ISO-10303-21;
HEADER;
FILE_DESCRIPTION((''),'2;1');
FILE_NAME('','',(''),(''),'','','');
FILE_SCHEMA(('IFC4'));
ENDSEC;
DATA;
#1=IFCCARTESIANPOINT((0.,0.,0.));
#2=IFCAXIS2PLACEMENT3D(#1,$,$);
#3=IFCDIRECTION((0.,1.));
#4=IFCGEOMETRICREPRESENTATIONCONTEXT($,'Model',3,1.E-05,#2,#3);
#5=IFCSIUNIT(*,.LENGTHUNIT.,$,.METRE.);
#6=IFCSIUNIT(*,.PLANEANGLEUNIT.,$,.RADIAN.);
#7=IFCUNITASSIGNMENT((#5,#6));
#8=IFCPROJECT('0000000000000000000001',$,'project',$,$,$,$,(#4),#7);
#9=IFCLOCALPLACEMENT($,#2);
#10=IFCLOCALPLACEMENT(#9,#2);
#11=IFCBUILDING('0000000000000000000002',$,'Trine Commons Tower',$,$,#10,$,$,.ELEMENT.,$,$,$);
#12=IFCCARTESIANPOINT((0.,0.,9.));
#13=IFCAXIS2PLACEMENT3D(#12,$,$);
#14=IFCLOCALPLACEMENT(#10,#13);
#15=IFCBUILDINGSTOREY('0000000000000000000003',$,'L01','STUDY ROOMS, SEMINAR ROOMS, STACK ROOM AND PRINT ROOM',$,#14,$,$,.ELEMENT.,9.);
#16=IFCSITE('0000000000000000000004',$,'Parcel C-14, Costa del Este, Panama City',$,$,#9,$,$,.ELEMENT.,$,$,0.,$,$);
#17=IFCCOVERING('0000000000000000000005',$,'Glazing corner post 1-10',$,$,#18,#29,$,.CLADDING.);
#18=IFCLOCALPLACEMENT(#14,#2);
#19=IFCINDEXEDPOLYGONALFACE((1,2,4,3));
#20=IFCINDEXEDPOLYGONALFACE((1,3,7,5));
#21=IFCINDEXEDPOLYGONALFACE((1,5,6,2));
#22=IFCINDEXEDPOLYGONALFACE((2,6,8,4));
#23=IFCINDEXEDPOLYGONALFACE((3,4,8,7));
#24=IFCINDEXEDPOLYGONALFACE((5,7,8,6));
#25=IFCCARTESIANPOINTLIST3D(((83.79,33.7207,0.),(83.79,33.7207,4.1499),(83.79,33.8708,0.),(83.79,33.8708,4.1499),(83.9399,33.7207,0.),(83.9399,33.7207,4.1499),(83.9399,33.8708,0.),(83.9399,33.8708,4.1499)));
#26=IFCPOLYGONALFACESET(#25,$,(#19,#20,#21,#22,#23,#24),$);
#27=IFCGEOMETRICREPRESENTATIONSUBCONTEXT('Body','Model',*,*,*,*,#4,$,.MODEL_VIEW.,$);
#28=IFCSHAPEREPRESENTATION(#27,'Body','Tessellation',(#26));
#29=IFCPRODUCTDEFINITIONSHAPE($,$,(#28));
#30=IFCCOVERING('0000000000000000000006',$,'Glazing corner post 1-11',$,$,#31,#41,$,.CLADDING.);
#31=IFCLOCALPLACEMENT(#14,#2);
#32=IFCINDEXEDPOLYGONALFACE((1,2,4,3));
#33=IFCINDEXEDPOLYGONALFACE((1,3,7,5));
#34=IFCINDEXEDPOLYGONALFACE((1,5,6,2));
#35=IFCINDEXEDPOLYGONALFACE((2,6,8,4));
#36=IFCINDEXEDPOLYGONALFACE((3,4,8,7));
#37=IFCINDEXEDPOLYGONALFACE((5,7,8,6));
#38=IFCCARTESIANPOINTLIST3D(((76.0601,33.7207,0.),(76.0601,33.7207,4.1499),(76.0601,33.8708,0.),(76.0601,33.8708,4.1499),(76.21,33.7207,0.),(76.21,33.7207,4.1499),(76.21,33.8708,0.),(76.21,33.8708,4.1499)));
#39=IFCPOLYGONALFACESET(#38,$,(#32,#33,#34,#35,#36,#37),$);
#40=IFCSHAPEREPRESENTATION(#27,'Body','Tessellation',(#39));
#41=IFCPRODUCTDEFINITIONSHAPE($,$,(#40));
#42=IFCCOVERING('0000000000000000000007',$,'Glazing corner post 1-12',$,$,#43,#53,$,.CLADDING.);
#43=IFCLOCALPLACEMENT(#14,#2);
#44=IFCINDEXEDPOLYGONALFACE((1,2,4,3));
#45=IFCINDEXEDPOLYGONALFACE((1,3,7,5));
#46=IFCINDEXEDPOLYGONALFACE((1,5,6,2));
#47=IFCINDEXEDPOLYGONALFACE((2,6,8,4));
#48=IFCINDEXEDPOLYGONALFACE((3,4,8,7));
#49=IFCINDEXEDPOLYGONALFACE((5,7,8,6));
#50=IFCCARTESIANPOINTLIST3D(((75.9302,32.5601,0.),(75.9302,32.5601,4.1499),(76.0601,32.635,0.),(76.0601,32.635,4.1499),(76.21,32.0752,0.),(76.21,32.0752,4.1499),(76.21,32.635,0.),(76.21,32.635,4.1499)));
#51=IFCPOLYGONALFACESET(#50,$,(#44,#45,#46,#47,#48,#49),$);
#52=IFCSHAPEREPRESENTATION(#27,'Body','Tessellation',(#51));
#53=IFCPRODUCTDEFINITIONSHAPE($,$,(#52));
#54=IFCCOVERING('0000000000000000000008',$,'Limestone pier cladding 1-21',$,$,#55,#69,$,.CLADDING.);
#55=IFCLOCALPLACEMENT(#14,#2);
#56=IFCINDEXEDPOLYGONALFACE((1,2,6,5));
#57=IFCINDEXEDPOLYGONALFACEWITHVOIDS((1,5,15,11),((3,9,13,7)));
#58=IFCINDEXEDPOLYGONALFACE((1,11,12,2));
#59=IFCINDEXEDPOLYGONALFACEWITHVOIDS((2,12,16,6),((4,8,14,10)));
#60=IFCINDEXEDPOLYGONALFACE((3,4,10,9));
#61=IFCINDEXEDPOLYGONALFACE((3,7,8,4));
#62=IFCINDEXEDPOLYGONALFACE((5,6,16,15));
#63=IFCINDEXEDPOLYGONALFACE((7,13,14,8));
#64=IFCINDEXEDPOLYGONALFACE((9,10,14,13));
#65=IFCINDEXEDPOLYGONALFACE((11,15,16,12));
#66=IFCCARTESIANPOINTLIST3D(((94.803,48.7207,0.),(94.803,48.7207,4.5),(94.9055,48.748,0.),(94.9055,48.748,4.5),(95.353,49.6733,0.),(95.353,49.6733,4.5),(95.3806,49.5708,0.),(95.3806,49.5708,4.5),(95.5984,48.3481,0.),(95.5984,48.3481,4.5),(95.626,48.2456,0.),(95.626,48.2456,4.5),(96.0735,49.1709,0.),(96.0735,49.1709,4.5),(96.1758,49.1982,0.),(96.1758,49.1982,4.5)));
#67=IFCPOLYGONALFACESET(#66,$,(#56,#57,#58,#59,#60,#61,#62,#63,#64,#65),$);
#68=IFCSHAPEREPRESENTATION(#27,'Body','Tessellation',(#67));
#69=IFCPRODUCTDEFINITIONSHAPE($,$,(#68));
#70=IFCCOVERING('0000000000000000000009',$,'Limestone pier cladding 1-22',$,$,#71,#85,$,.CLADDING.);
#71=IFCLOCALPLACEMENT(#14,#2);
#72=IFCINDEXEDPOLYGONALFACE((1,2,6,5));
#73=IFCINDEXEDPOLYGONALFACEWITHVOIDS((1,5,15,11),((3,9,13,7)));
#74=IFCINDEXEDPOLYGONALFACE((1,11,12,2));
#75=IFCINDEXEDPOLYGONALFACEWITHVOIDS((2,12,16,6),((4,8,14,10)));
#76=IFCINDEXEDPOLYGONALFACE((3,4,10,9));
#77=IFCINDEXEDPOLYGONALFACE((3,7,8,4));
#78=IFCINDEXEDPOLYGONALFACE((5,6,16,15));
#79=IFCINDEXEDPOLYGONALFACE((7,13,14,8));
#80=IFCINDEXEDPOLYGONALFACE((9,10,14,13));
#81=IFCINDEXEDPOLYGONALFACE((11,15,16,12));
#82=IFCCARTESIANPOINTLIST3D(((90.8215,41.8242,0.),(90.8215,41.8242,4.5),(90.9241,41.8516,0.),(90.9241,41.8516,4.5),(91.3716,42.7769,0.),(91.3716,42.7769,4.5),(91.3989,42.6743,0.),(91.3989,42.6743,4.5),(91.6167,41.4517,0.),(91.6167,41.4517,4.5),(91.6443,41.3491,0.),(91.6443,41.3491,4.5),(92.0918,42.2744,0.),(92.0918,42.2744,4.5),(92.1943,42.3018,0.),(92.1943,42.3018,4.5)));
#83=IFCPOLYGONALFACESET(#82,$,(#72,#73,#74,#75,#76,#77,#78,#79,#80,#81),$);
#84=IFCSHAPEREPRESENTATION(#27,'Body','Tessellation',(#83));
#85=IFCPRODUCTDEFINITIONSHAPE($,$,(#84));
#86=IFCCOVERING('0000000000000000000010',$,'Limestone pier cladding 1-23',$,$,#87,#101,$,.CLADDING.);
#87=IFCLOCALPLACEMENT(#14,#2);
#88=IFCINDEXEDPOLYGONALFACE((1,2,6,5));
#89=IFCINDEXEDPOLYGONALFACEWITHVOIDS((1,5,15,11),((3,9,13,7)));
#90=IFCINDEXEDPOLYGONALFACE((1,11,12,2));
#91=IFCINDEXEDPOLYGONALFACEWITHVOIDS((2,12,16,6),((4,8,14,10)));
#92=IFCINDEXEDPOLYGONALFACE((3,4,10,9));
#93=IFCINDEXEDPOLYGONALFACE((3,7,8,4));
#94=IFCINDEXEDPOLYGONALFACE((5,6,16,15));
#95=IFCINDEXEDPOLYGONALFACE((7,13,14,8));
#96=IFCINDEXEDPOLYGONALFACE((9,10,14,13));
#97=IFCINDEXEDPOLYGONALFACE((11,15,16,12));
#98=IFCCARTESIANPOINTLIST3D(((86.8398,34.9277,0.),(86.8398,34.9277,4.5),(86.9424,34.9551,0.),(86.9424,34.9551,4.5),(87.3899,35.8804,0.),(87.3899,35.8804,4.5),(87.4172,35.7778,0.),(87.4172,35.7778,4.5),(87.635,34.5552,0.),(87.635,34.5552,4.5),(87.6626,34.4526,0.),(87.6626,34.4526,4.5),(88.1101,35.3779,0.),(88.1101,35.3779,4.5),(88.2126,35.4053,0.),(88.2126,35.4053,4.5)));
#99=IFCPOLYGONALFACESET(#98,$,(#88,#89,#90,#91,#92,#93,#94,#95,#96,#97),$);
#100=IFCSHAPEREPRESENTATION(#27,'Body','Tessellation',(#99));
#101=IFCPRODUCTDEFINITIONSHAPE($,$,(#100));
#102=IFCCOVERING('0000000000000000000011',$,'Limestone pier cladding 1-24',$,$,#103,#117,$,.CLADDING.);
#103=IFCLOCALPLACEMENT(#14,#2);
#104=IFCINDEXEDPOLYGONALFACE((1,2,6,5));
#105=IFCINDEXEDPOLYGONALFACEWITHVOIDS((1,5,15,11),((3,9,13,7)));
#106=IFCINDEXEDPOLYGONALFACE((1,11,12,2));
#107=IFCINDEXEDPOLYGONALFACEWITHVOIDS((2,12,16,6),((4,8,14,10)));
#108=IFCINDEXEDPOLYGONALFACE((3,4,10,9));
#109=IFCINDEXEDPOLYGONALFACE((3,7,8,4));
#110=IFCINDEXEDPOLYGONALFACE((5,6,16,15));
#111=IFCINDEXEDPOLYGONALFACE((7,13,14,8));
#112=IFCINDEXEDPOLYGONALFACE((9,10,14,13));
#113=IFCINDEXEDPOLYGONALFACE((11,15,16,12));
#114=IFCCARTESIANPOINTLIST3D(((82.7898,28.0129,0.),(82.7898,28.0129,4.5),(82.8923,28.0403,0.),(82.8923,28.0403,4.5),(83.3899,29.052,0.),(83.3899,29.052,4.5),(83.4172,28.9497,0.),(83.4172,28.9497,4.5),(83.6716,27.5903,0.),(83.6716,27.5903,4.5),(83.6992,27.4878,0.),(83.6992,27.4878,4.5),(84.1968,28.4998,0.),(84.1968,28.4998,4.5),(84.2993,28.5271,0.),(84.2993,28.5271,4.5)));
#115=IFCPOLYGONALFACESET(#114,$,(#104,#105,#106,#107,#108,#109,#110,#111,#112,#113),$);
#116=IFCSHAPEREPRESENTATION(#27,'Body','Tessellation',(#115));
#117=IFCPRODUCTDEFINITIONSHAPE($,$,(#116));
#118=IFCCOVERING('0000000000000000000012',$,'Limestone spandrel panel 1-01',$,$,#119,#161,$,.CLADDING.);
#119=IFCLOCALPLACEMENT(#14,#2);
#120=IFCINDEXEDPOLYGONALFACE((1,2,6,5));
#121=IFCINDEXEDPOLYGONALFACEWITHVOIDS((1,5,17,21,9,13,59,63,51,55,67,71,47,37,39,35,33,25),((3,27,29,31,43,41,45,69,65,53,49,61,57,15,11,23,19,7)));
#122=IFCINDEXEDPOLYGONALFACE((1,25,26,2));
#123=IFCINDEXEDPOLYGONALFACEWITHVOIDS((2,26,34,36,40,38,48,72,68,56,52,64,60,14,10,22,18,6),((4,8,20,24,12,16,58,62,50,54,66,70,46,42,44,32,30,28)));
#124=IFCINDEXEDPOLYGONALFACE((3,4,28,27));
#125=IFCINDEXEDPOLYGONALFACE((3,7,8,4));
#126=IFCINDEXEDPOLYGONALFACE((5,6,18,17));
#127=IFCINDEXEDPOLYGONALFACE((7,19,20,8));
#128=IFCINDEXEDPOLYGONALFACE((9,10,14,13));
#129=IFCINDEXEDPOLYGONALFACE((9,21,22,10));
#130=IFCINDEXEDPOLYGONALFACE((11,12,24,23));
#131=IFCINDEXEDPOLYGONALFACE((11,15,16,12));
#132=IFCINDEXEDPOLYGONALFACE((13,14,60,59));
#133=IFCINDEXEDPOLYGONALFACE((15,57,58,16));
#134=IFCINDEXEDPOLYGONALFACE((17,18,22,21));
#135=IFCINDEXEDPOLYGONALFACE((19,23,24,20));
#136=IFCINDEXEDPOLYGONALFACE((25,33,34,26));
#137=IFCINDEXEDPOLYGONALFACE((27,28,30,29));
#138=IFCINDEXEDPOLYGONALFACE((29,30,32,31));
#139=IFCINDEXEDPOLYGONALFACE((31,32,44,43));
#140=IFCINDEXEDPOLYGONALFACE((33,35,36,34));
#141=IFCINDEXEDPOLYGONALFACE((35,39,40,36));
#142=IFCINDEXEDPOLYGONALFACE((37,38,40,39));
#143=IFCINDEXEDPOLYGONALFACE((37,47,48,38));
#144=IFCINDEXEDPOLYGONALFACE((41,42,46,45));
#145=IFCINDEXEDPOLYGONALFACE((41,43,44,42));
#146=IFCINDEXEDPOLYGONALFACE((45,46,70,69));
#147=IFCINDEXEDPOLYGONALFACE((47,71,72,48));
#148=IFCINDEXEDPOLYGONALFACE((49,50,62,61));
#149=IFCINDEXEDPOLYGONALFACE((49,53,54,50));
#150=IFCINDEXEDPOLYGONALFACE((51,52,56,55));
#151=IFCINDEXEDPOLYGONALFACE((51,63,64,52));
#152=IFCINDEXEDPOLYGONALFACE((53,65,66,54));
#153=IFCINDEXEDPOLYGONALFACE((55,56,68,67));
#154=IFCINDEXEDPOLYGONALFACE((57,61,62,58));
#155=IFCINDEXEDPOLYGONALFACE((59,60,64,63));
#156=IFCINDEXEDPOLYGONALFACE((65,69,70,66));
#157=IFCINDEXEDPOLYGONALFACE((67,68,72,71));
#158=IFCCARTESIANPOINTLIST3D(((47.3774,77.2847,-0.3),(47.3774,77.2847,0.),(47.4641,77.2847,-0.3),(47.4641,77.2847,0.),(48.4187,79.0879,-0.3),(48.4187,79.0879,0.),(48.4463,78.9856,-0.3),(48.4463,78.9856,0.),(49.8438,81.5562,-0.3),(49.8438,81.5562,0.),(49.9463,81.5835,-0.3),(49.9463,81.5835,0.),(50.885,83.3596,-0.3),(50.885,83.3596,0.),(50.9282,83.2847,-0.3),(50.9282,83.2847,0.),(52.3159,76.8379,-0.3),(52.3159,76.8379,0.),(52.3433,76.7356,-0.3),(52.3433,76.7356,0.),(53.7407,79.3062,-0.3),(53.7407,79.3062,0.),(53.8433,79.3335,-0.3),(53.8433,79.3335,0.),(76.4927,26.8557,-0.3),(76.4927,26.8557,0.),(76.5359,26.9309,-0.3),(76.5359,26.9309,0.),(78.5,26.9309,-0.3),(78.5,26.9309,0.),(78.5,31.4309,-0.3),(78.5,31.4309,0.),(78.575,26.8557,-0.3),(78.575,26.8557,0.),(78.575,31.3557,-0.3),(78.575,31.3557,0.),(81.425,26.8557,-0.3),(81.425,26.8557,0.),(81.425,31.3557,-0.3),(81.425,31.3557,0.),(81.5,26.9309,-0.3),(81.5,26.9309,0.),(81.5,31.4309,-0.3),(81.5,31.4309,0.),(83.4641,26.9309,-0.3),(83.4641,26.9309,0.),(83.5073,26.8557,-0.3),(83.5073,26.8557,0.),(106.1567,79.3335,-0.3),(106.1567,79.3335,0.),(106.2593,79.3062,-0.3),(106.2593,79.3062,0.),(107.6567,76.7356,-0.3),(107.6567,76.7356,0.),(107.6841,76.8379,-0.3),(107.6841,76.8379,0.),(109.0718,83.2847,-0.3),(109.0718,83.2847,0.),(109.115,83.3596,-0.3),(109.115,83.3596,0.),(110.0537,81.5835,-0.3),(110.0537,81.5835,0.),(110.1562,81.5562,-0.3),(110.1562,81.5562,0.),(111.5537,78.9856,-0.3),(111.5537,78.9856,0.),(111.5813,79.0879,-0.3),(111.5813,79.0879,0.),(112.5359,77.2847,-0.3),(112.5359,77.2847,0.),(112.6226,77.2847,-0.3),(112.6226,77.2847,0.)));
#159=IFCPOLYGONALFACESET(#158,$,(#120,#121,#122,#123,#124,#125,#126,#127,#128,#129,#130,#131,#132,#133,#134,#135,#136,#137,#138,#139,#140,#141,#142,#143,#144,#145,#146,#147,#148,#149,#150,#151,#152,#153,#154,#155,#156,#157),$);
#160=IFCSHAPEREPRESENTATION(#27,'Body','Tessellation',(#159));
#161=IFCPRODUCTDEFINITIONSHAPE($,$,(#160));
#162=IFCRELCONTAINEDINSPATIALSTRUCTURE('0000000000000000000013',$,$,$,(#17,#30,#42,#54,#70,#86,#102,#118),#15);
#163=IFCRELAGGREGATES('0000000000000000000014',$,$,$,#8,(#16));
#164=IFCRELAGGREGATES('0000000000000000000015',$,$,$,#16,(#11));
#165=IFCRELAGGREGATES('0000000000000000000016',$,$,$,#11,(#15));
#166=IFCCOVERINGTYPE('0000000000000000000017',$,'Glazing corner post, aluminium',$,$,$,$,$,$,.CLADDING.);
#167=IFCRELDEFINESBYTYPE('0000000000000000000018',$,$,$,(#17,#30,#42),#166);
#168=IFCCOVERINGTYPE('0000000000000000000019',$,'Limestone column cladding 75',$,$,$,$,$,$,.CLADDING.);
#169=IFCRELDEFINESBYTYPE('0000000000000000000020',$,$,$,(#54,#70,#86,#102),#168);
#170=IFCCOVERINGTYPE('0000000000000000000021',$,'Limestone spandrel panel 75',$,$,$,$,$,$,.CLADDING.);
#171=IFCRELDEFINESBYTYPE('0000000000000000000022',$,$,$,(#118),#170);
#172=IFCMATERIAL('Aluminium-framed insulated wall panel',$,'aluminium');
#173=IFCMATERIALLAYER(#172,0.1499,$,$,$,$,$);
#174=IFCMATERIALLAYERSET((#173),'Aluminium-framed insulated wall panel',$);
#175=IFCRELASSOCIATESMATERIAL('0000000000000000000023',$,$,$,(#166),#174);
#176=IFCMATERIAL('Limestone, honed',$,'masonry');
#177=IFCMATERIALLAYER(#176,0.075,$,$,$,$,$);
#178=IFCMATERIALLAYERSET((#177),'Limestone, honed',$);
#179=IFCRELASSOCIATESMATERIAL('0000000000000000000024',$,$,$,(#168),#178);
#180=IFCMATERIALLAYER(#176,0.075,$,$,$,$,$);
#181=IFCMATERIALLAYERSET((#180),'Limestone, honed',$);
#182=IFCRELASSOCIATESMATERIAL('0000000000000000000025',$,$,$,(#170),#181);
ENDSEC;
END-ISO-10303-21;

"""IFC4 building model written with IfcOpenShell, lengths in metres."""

from ifc_helpers import new_model, si_unit, direction, frame, origin, place, context, subcontext, project, spatial, polyline, outline, extrude, material, layer, layer_set, type_object, element, save


model = new_model("IFC4")

# Units and contexts
model_context = context("Model", 3, precision=1e-05, world=origin(), true_north=direction((0.0, 1.0)))
body_context = subcontext(model_context, "Body", "Model", "MODEL_VIEW")
ifc_project = project(units=[si_unit("LENGTHUNIT", "METRE"), si_unit("PLANEANGLEUNIT", "RADIAN")], contexts=[model_context])

# Site, building, storey
site_placement = place(None, origin())
site = spatial("IfcSite", under=ifc_project, at=site_placement, Name="Parcel C-14, Costa del Este, Panama City", CompositionType="ELEMENT", RefElevation=0.0)
building_placement = place(site_placement, origin())
building = spatial("IfcBuilding", under=site, at=building_placement, Name="Trine Commons Tower", CompositionType="ELEMENT")
storey_placement = place(building_placement, frame((0.0, 0.0, 9.0)))
storey = spatial("IfcBuildingStorey", under=building, at=storey_placement, Name="L01", Description="STUDY ROOMS, SEMINAR ROOMS, STACK ROOM AND PRINT ROOM", CompositionType="ELEMENT", Elevation=9.0)

# Coverings
ifc_material_1 = material(Name="Aluminium-framed insulated wall panel", Category="aluminium")
ifc_layer_1 = layer(ifc_material_1, 0.1499)
ifc_layer_set_1 = layer_set([ifc_layer_1], Name="Aluminium-framed insulated wall panel")
covering_type_1 = type_object("IfcCoveringType", Name="Glazing corner post, aluminium", PredefinedType="CLADDING", material=ifc_layer_set_1)
covering_1_placement = place(storey_placement, origin())
element("IfcCovering", 1, at=covering_1_placement, inside=storey, type_object=covering_type_1, Name="Glazing corner post 1-10", PredefinedType="CLADDING", context=body_context, shape_type="SweptSolid", body=[
    extrude(outline(polyline([(83.9399, 33.7207), (83.9399, 33.8708), (83.79, 33.8708), (83.79, 33.7207), (83.9399, 33.7207)])), origin(), (0.0, 0.0, 1.0), 4.1499),
])
covering_2_placement = place(storey_placement, origin())
element("IfcCovering", 2, at=covering_2_placement, inside=storey, type_object=covering_type_1, Name="Glazing corner post 1-11", PredefinedType="CLADDING", context=body_context, shape_type="SweptSolid", body=[
    extrude(outline(polyline([(76.21, 33.8708), (76.0601, 33.8708), (76.0601, 33.7207), (76.21, 33.7207), (76.21, 33.8708)])), origin(), (0.0, 0.0, 1.0), 4.1499),
])
covering_3_placement = place(storey_placement, origin())
element("IfcCovering", 3, at=covering_3_placement, inside=storey, type_object=covering_type_1, Name="Glazing corner post 1-12", PredefinedType="CLADDING", context=body_context, shape_type="SweptSolid", body=[
    extrude(outline(polyline([(75.9302, 32.5601), (76.21, 32.0752), (76.21, 32.635), (76.0601, 32.635), (75.9302, 32.5601)])), origin(), (0.0, 0.0, 1.0), 4.1499),
])
ifc_material_2 = material(Name="Limestone, honed", Category="masonry")
ifc_layer_2 = layer(ifc_material_2, 0.075)
ifc_layer_set_2 = layer_set([ifc_layer_2], Name="Limestone, honed")
covering_type_2 = type_object("IfcCoveringType", Name="Limestone column cladding 75", PredefinedType="CLADDING", material=ifc_layer_set_2)
covering_4_placement = place(storey_placement, origin())
element("IfcCovering", 4, at=covering_4_placement, inside=storey, type_object=covering_type_2, Name="Limestone pier cladding 1-21", PredefinedType="CLADDING", context=body_context, shape_type="SweptSolid", body=[
    extrude(outline(polyline([(96.1758, 49.1982), (95.353, 49.6733), (94.803, 48.7207), (95.626, 48.2456), (96.1758, 49.1982)]), holes=[polyline([(96.0735, 49.1709), (95.3806, 49.5708), (94.9055, 48.748), (95.5984, 48.3481), (96.0735, 49.1709)])]), origin(), (0.0, 0.0, 1.0), 4.5),
])
covering_5_placement = place(storey_placement, origin())
element("IfcCovering", 5, at=covering_5_placement, inside=storey, type_object=covering_type_2, Name="Limestone pier cladding 1-22", PredefinedType="CLADDING", context=body_context, shape_type="SweptSolid", body=[
    extrude(outline(polyline([(92.1943, 42.3018), (91.3716, 42.7769), (90.8215, 41.8242), (91.6443, 41.3491), (92.1943, 42.3018)]), holes=[polyline([(92.0918, 42.2744), (91.3989, 42.6743), (90.9241, 41.8516), (91.6167, 41.4517), (92.0918, 42.2744)])]), origin(), (0.0, 0.0, 1.0), 4.5),
])
covering_6_placement = place(storey_placement, origin())
element("IfcCovering", 6, at=covering_6_placement, inside=storey, type_object=covering_type_2, Name="Limestone pier cladding 1-23", PredefinedType="CLADDING", context=body_context, shape_type="SweptSolid", body=[
    extrude(outline(polyline([(88.2126, 35.4053), (87.3899, 35.8804), (86.8398, 34.9277), (87.6626, 34.4526), (88.2126, 35.4053)]), holes=[polyline([(88.1101, 35.3779), (87.4172, 35.7778), (86.9424, 34.9551), (87.635, 34.5552), (88.1101, 35.3779)])]), origin(), (0.0, 0.0, 1.0), 4.5),
])
covering_7_placement = place(storey_placement, origin())
element("IfcCovering", 7, at=covering_7_placement, inside=storey, type_object=covering_type_2, Name="Limestone pier cladding 1-24", PredefinedType="CLADDING", context=body_context, shape_type="SweptSolid", body=[
    extrude(outline(polyline([(84.2993, 28.5271), (83.3899, 29.052), (82.7898, 28.0129), (83.6992, 27.4878), (84.2993, 28.5271)]), holes=[polyline([(84.1968, 28.4998), (83.4172, 28.9497), (82.8923, 28.0403), (83.6716, 27.5903), (84.1968, 28.4998)])]), origin(), (0.0, 0.0, 1.0), 4.5),
])
ifc_layer_3 = layer(ifc_material_2, 0.075)
ifc_layer_set_3 = layer_set([ifc_layer_3], Name="Limestone, honed")
covering_type_3 = type_object("IfcCoveringType", Name="Limestone spandrel panel 75", PredefinedType="CLADDING", material=ifc_layer_set_3)
covering_8_placement = place(storey_placement, frame((0.0, 0.0, -0.3)))
element("IfcCovering", 8, at=covering_8_placement, inside=storey, type_object=covering_type_3, Name="Limestone spandrel panel 1-01", PredefinedType="CLADDING", context=body_context, shape_type="SweptSolid", body=[
    extrude(outline(polyline([(81.425, 31.3557), (81.425, 26.8557), (83.5073, 26.8557), (112.6226, 77.2847), (111.5813, 79.0879), (107.6841, 76.8379), (106.2593, 79.3062), (110.1562, 81.5562), (109.115, 83.3596), (50.885, 83.3596), (49.8438, 81.5562), (53.7407, 79.3062), (52.3159, 76.8379), (48.4187, 79.0879), (47.3774, 77.2847), (76.4927, 26.8557), (78.575, 26.8557), (78.575, 31.3557), (81.425, 31.3557)]), holes=[polyline([(111.5537, 78.9856), (112.5359, 77.2847), (83.4641, 26.9309), (81.5, 26.9309), (81.5, 31.4309), (78.5, 31.4309), (78.5, 26.9309), (76.5359, 26.9309), (47.4641, 77.2847), (48.4463, 78.9856), (52.3433, 76.7356), (53.8433, 79.3335), (49.9463, 81.5835), (50.9282, 83.2847), (109.0718, 83.2847), (110.0537, 81.5835), (106.1567, 79.3335), (107.6567, 76.7356), (111.5537, 78.9856)])]), origin(), (0.0, 0.0, 1.0), 0.3),
])

save(model, "model.ifc")
